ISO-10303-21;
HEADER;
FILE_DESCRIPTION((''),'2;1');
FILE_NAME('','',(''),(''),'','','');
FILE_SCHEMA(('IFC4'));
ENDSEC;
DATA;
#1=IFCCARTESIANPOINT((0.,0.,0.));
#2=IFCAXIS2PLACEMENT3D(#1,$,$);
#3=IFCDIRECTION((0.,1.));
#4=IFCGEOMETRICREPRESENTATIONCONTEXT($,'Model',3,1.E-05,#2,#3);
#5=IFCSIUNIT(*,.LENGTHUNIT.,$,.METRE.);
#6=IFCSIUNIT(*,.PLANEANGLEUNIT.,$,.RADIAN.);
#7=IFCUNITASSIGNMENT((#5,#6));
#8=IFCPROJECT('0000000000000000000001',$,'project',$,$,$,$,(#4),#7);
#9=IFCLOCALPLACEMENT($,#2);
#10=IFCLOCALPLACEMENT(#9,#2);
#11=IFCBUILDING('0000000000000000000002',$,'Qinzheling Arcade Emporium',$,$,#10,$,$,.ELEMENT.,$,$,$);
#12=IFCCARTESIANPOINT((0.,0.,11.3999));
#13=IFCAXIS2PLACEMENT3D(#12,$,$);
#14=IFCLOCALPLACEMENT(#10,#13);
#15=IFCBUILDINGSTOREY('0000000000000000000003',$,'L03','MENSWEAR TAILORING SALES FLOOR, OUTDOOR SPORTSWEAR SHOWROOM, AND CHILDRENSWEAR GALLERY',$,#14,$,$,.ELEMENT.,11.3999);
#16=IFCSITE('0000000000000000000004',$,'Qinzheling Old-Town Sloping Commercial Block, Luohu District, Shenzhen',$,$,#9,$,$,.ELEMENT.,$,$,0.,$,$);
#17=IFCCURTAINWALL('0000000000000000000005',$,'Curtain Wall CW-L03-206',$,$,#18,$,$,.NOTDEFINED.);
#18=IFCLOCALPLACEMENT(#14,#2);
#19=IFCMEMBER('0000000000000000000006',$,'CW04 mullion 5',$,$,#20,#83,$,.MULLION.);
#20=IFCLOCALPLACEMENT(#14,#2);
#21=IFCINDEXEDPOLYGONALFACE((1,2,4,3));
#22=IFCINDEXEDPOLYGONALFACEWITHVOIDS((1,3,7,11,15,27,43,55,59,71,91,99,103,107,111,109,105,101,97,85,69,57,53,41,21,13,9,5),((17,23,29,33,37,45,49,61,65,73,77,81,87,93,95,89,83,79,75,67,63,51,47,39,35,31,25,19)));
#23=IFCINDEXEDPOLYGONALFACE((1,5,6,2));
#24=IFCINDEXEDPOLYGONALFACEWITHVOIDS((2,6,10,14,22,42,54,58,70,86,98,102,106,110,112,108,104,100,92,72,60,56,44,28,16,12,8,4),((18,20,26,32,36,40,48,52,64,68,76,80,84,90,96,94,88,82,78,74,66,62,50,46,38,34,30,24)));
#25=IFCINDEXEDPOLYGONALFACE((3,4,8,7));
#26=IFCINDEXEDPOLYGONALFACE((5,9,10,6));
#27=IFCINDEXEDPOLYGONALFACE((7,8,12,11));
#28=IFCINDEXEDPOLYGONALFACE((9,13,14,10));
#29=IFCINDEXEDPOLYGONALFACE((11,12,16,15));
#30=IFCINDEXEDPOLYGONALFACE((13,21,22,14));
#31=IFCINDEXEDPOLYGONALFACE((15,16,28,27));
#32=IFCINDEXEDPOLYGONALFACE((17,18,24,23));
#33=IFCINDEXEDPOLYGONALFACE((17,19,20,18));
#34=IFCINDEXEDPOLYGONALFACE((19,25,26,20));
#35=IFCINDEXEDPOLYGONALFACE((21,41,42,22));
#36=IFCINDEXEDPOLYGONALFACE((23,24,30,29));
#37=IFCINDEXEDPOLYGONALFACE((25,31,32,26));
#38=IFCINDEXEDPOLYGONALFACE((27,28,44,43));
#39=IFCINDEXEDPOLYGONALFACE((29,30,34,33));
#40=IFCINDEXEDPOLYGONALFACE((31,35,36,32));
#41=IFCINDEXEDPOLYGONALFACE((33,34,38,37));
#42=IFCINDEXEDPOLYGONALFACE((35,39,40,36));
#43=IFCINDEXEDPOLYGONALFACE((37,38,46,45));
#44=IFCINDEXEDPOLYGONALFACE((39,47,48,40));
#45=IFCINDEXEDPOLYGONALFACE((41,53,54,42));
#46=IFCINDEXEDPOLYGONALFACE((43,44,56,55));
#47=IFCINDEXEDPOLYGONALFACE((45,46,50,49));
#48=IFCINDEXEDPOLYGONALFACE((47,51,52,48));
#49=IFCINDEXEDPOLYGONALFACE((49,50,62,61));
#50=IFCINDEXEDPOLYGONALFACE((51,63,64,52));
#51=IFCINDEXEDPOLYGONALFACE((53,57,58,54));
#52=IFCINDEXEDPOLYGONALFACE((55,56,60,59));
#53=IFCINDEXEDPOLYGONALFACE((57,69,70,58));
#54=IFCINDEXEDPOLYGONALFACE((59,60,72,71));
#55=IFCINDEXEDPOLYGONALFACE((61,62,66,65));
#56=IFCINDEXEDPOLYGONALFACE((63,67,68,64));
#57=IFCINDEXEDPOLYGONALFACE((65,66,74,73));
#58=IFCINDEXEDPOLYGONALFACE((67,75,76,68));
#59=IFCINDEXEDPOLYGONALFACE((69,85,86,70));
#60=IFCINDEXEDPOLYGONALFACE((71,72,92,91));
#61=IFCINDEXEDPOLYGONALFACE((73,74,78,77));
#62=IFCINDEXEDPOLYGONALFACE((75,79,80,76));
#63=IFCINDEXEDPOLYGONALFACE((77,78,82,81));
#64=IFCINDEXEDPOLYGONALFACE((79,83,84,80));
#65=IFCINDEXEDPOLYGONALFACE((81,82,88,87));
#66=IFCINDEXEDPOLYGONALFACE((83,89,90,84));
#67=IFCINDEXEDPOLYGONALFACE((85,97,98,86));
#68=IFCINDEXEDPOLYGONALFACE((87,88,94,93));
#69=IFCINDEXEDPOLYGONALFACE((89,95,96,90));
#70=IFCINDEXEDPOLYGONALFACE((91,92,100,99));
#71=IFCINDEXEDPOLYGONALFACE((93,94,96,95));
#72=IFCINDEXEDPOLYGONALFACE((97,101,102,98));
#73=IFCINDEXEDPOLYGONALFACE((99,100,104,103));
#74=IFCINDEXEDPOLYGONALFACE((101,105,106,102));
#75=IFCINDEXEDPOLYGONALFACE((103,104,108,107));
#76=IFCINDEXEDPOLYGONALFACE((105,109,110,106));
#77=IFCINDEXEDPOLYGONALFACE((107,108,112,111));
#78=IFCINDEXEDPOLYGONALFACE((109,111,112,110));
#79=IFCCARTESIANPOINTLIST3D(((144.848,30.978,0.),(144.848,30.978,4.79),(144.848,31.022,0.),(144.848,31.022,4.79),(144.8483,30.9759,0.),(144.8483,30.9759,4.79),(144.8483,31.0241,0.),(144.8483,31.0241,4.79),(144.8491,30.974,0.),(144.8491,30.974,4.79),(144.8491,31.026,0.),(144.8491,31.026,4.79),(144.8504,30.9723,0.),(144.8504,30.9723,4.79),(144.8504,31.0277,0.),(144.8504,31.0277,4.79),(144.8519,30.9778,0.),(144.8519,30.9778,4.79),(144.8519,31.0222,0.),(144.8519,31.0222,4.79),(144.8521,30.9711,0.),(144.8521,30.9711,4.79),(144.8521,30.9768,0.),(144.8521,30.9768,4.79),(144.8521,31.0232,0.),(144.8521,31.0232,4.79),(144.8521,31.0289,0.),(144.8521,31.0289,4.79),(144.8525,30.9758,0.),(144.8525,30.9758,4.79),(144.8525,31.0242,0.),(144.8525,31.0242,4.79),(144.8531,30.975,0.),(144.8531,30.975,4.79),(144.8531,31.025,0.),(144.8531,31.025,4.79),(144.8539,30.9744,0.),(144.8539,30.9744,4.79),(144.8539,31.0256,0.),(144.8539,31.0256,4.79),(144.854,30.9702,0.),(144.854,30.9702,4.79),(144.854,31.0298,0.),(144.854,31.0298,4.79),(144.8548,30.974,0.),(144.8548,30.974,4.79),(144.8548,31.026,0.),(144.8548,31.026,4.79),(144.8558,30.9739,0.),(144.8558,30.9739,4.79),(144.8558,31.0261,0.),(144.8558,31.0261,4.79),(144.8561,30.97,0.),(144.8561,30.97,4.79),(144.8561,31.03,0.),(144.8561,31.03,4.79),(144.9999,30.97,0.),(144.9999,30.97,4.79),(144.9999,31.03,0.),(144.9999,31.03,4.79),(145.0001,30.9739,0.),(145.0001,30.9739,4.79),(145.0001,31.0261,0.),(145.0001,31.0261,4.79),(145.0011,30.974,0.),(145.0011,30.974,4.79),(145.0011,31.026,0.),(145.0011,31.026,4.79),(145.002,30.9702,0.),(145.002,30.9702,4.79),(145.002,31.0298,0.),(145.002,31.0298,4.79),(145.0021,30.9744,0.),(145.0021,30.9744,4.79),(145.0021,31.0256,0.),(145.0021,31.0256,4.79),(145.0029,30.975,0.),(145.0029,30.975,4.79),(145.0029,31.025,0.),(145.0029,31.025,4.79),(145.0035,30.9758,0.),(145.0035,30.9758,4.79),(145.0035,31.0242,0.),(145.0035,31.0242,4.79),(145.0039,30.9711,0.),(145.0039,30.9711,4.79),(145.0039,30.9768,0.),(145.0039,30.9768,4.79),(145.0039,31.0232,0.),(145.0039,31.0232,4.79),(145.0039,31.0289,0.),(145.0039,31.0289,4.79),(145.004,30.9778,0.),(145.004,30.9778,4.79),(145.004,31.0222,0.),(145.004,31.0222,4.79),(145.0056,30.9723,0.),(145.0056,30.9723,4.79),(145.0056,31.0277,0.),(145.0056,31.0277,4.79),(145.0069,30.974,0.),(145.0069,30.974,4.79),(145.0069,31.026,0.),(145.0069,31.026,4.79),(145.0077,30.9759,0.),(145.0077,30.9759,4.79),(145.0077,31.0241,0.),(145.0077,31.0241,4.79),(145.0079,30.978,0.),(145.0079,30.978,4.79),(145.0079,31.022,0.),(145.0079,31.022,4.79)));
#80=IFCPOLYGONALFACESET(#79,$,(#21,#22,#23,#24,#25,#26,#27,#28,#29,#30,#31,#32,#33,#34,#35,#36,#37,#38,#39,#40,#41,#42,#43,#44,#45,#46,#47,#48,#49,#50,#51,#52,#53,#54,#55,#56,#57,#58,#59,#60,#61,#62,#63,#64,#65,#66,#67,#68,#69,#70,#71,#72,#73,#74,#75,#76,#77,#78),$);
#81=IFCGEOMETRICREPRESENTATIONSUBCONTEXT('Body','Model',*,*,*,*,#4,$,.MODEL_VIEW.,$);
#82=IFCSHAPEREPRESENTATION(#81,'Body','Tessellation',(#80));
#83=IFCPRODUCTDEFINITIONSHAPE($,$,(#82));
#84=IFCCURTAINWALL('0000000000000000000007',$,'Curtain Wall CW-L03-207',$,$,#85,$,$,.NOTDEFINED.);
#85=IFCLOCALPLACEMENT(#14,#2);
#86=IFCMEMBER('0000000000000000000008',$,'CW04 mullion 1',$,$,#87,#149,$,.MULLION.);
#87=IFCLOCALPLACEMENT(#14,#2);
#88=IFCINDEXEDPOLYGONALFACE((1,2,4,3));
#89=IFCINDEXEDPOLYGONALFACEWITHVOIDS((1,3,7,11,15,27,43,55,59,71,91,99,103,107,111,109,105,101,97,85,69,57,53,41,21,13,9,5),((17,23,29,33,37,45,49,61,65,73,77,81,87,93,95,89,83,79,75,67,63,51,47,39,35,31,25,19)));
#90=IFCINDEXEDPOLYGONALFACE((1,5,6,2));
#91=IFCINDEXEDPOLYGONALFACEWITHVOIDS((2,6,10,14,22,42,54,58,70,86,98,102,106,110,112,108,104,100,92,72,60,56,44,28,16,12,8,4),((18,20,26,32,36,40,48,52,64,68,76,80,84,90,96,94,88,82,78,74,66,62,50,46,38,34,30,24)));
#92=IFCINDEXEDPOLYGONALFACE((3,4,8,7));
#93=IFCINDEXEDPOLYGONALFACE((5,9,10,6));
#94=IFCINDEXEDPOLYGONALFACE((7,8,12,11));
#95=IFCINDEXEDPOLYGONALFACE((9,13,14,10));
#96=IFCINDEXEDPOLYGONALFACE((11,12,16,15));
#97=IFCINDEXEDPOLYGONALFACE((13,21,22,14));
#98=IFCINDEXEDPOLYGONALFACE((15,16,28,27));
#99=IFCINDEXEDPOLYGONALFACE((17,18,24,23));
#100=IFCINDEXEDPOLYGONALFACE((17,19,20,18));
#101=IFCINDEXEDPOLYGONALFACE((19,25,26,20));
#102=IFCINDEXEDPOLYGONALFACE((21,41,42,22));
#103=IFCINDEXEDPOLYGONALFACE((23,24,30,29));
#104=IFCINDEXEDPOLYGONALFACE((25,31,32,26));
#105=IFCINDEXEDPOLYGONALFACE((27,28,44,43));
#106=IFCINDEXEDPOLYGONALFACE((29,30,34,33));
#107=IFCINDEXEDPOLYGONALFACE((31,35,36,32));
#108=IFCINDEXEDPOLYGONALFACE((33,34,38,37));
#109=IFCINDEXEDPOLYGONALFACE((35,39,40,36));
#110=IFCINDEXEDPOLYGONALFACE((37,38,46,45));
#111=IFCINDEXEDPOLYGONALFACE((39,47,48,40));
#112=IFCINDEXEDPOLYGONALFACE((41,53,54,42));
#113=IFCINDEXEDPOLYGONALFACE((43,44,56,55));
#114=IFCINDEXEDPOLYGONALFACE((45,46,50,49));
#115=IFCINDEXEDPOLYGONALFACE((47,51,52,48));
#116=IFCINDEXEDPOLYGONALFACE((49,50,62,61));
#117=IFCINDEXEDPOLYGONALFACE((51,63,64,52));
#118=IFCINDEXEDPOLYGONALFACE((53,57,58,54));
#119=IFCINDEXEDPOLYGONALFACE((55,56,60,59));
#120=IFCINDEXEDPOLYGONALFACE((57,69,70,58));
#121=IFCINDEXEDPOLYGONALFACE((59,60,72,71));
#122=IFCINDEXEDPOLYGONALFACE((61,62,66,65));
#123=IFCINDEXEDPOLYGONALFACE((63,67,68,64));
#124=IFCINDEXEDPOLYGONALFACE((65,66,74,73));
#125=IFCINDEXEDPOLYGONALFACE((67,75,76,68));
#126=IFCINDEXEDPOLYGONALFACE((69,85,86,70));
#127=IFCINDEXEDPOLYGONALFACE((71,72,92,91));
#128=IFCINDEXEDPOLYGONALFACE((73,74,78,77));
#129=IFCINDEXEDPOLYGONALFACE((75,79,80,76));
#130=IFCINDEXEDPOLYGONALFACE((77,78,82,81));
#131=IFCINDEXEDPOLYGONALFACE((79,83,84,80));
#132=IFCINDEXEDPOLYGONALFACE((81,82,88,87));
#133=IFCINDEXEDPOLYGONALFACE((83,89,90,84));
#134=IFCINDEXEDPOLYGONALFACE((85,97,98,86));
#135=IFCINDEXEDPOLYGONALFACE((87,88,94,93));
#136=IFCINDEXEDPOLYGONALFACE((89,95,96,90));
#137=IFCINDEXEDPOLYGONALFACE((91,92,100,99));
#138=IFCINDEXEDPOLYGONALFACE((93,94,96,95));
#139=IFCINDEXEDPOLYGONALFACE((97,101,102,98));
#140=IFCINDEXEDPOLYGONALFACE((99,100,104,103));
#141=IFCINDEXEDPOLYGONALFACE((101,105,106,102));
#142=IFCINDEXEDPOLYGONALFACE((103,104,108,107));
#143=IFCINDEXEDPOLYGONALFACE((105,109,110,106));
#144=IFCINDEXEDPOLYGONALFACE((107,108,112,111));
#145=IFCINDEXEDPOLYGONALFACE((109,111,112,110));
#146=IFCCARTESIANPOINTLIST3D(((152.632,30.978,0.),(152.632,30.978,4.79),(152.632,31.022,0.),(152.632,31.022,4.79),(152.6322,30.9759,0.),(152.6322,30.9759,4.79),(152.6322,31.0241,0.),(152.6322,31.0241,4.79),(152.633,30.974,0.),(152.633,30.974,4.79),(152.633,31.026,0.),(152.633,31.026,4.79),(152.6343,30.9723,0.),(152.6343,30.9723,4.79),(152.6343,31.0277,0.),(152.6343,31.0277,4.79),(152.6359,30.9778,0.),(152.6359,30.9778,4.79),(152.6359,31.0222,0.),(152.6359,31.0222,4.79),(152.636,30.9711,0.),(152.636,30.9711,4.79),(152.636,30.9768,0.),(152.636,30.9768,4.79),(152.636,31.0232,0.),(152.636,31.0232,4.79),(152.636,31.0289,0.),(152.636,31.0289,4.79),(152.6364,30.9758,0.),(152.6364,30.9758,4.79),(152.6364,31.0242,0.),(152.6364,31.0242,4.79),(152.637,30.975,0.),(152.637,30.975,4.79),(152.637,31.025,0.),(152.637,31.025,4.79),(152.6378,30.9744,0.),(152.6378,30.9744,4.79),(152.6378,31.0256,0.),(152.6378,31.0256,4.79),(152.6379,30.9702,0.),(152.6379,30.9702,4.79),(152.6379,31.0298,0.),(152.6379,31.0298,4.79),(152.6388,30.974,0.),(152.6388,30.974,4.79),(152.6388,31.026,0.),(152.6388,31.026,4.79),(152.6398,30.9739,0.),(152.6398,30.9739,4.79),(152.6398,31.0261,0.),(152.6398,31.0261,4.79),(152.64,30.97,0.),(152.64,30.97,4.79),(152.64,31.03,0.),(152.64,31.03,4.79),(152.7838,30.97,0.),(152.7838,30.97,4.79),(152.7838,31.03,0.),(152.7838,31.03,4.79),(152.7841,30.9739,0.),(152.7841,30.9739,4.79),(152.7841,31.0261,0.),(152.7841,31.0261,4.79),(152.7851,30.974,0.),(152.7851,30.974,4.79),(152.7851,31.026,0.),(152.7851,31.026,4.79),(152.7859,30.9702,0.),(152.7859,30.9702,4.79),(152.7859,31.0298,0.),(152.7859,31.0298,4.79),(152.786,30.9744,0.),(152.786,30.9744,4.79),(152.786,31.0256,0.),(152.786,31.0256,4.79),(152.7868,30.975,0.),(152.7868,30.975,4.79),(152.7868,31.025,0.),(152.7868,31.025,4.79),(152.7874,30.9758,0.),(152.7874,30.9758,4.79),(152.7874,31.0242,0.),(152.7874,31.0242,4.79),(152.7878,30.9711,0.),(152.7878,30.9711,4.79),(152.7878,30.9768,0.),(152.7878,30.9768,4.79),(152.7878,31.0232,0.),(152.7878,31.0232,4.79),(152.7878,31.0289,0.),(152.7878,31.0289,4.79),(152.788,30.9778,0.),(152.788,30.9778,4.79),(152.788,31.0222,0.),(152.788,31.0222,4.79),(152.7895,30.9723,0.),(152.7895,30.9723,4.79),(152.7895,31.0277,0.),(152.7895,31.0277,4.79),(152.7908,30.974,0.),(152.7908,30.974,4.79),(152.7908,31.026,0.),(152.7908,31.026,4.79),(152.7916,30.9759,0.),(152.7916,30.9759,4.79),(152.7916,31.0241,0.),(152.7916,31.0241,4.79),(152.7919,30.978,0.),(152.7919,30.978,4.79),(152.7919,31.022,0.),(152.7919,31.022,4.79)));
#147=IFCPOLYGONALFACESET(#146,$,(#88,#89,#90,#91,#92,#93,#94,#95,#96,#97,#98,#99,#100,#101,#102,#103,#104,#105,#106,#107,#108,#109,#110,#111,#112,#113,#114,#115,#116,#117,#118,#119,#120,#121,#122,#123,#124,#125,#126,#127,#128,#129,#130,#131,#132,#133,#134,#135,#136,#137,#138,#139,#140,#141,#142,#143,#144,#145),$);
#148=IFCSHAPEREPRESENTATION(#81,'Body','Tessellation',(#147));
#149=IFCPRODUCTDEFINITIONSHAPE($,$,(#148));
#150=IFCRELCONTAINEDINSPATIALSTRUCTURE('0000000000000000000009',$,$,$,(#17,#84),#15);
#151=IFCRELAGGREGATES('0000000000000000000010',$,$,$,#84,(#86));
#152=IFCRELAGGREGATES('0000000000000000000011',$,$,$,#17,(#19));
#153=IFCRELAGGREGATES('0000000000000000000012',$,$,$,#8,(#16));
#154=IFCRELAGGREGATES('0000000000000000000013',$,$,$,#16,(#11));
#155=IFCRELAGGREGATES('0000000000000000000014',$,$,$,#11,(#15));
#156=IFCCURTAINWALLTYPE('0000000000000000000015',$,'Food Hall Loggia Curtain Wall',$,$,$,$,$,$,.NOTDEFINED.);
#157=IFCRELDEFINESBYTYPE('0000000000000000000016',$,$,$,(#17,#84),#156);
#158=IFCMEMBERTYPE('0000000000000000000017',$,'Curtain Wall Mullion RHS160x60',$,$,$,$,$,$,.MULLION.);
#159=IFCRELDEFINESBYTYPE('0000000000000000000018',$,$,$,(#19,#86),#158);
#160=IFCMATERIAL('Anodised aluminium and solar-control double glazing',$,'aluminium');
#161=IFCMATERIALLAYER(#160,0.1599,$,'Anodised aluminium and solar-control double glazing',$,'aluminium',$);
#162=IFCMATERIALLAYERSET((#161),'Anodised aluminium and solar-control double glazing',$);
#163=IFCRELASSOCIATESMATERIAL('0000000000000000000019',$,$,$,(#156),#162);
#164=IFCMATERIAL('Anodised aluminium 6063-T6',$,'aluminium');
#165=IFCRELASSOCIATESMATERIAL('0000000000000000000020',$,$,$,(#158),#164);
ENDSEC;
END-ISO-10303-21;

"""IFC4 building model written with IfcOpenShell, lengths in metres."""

from ifc_helpers import new_model, si_unit, direction, frame, origin, origin_2d, place, context, subcontext, project, spatial, hollow_rectangle, extrude, material, layer, layer_set, material_profile, profile_set, type_object, element, aggregate, save


model = new_model("IFC4")

# Units and contexts
model_context = context("Model", 3, precision=1e-05, world=origin(), true_north=direction((0.0, 1.0)))
body_context = subcontext(model_context, "Body", "Model", "MODEL_VIEW")
ifc_project = project(units=[si_unit("LENGTHUNIT", "METRE"), si_unit("PLANEANGLEUNIT", "RADIAN")], contexts=[model_context])

# Site, building, storey
site_placement = place(None, origin())
site = spatial("IfcSite", under=ifc_project, at=site_placement, Name="Qinzheling Old-Town Sloping Commercial Block, Luohu District, Shenzhen", CompositionType="ELEMENT", RefElevation=0.0)
building_placement = place(site_placement, origin())
building = spatial("IfcBuilding", under=site, at=building_placement, Name="Qinzheling Arcade Emporium", CompositionType="ELEMENT")
storey_placement = place(building_placement, frame((0.0, 0.0, 11.3999)))
storey = spatial("IfcBuildingStorey", under=building, at=storey_placement, Name="L03", Description="MENSWEAR TAILORING SALES FLOOR, OUTDOOR SPORTSWEAR SHOWROOM, AND CHILDRENSWEAR GALLERY", CompositionType="ELEMENT", Elevation=11.3999)

# Curtain wall, member
ifc_material_1 = material(Name="Anodised aluminium and solar-control double glazing", Category="aluminium")
ifc_layer_1 = layer(ifc_material_1, 0.1599, Name="Anodised aluminium and solar-control double glazing", Category="aluminium")
ifc_layer_set_1 = layer_set([ifc_layer_1], Name="Anodised aluminium and solar-control double glazing")
curtain_wall_type = type_object("IfcCurtainWallType", Name="Food Hall Loggia Curtain Wall", PredefinedType="NOTDEFINED", material=ifc_layer_set_1)
curtain_wall_1_placement = place(storey_placement, origin())
curtain_wall_1 = element("IfcCurtainWall", 1, at=curtain_wall_1_placement, inside=storey, type_object=curtain_wall_type, Name="Curtain Wall CW-L03-206", PredefinedType="NOTDEFINED")
ifc_material_2 = material(Name="Anodised aluminium 6063-T6", Category="aluminium")
ifc_material_profile_1 = material_profile(ifc_material_2, hollow_rectangle(XDim=0.0601, YDim=0.1599, WallThickness=0.0039, InnerFilletRadius=0.0039, OuterFilletRadius=0.0081, at=origin_2d()), Name="RHS 160x60x4", Category="aluminium")
ifc_profile_set_1 = profile_set([ifc_material_profile_1], Name="Anodised aluminium 6063-T6")
member_type_1 = type_object("IfcMemberType", Name="Curtain Wall Mullion RHS160x60", PredefinedType="MULLION", material=ifc_profile_set_1)
member_1_placement = place(storey_placement, frame((144.928, 31.0, 0.0), z_axis=(0.0, 0.0, 1.0), x_axis=(0.0, 1.0, 0.0)))
member_1 = element("IfcMember", 2, at=member_1_placement, type_object=member_type_1, Name="CW04 mullion 5", PredefinedType="MULLION", context=body_context, shape_type="SweptSolid", body=[
    extrude(hollow_rectangle(XDim=0.0601, YDim=0.1599, WallThickness=0.0039, InnerFilletRadius=0.0039, OuterFilletRadius=0.0081, at=origin_2d()), origin(), (0.0, 0.0, 1.0), 4.79),
])

# Curtain wall, member
curtain_wall_2_placement = place(storey_placement, origin())
curtain_wall_2 = element("IfcCurtainWall", 3, at=curtain_wall_2_placement, inside=storey, type_object=curtain_wall_type, Name="Curtain Wall CW-L03-207", PredefinedType="NOTDEFINED")
member_2_placement = place(storey_placement, frame((152.7119, 31.0, 0.0), z_axis=(0.0, 0.0, 1.0), x_axis=(0.0, 1.0, 0.0)))
member_2 = element("IfcMember", 4, at=member_2_placement, type_object=member_type_1, Name="CW04 mullion 1", PredefinedType="MULLION", context=body_context, shape_type="SweptSolid", body=[
    extrude(hollow_rectangle(XDim=0.0601, YDim=0.1599, WallThickness=0.0039, InnerFilletRadius=0.0039, OuterFilletRadius=0.0081, at=origin_2d()), origin(), (0.0, 0.0, 1.0), 4.79),
])
aggregate(curtain_wall_2, [member_2])

aggregate(curtain_wall_1, [member_1])

save(model, "model.ifc")
